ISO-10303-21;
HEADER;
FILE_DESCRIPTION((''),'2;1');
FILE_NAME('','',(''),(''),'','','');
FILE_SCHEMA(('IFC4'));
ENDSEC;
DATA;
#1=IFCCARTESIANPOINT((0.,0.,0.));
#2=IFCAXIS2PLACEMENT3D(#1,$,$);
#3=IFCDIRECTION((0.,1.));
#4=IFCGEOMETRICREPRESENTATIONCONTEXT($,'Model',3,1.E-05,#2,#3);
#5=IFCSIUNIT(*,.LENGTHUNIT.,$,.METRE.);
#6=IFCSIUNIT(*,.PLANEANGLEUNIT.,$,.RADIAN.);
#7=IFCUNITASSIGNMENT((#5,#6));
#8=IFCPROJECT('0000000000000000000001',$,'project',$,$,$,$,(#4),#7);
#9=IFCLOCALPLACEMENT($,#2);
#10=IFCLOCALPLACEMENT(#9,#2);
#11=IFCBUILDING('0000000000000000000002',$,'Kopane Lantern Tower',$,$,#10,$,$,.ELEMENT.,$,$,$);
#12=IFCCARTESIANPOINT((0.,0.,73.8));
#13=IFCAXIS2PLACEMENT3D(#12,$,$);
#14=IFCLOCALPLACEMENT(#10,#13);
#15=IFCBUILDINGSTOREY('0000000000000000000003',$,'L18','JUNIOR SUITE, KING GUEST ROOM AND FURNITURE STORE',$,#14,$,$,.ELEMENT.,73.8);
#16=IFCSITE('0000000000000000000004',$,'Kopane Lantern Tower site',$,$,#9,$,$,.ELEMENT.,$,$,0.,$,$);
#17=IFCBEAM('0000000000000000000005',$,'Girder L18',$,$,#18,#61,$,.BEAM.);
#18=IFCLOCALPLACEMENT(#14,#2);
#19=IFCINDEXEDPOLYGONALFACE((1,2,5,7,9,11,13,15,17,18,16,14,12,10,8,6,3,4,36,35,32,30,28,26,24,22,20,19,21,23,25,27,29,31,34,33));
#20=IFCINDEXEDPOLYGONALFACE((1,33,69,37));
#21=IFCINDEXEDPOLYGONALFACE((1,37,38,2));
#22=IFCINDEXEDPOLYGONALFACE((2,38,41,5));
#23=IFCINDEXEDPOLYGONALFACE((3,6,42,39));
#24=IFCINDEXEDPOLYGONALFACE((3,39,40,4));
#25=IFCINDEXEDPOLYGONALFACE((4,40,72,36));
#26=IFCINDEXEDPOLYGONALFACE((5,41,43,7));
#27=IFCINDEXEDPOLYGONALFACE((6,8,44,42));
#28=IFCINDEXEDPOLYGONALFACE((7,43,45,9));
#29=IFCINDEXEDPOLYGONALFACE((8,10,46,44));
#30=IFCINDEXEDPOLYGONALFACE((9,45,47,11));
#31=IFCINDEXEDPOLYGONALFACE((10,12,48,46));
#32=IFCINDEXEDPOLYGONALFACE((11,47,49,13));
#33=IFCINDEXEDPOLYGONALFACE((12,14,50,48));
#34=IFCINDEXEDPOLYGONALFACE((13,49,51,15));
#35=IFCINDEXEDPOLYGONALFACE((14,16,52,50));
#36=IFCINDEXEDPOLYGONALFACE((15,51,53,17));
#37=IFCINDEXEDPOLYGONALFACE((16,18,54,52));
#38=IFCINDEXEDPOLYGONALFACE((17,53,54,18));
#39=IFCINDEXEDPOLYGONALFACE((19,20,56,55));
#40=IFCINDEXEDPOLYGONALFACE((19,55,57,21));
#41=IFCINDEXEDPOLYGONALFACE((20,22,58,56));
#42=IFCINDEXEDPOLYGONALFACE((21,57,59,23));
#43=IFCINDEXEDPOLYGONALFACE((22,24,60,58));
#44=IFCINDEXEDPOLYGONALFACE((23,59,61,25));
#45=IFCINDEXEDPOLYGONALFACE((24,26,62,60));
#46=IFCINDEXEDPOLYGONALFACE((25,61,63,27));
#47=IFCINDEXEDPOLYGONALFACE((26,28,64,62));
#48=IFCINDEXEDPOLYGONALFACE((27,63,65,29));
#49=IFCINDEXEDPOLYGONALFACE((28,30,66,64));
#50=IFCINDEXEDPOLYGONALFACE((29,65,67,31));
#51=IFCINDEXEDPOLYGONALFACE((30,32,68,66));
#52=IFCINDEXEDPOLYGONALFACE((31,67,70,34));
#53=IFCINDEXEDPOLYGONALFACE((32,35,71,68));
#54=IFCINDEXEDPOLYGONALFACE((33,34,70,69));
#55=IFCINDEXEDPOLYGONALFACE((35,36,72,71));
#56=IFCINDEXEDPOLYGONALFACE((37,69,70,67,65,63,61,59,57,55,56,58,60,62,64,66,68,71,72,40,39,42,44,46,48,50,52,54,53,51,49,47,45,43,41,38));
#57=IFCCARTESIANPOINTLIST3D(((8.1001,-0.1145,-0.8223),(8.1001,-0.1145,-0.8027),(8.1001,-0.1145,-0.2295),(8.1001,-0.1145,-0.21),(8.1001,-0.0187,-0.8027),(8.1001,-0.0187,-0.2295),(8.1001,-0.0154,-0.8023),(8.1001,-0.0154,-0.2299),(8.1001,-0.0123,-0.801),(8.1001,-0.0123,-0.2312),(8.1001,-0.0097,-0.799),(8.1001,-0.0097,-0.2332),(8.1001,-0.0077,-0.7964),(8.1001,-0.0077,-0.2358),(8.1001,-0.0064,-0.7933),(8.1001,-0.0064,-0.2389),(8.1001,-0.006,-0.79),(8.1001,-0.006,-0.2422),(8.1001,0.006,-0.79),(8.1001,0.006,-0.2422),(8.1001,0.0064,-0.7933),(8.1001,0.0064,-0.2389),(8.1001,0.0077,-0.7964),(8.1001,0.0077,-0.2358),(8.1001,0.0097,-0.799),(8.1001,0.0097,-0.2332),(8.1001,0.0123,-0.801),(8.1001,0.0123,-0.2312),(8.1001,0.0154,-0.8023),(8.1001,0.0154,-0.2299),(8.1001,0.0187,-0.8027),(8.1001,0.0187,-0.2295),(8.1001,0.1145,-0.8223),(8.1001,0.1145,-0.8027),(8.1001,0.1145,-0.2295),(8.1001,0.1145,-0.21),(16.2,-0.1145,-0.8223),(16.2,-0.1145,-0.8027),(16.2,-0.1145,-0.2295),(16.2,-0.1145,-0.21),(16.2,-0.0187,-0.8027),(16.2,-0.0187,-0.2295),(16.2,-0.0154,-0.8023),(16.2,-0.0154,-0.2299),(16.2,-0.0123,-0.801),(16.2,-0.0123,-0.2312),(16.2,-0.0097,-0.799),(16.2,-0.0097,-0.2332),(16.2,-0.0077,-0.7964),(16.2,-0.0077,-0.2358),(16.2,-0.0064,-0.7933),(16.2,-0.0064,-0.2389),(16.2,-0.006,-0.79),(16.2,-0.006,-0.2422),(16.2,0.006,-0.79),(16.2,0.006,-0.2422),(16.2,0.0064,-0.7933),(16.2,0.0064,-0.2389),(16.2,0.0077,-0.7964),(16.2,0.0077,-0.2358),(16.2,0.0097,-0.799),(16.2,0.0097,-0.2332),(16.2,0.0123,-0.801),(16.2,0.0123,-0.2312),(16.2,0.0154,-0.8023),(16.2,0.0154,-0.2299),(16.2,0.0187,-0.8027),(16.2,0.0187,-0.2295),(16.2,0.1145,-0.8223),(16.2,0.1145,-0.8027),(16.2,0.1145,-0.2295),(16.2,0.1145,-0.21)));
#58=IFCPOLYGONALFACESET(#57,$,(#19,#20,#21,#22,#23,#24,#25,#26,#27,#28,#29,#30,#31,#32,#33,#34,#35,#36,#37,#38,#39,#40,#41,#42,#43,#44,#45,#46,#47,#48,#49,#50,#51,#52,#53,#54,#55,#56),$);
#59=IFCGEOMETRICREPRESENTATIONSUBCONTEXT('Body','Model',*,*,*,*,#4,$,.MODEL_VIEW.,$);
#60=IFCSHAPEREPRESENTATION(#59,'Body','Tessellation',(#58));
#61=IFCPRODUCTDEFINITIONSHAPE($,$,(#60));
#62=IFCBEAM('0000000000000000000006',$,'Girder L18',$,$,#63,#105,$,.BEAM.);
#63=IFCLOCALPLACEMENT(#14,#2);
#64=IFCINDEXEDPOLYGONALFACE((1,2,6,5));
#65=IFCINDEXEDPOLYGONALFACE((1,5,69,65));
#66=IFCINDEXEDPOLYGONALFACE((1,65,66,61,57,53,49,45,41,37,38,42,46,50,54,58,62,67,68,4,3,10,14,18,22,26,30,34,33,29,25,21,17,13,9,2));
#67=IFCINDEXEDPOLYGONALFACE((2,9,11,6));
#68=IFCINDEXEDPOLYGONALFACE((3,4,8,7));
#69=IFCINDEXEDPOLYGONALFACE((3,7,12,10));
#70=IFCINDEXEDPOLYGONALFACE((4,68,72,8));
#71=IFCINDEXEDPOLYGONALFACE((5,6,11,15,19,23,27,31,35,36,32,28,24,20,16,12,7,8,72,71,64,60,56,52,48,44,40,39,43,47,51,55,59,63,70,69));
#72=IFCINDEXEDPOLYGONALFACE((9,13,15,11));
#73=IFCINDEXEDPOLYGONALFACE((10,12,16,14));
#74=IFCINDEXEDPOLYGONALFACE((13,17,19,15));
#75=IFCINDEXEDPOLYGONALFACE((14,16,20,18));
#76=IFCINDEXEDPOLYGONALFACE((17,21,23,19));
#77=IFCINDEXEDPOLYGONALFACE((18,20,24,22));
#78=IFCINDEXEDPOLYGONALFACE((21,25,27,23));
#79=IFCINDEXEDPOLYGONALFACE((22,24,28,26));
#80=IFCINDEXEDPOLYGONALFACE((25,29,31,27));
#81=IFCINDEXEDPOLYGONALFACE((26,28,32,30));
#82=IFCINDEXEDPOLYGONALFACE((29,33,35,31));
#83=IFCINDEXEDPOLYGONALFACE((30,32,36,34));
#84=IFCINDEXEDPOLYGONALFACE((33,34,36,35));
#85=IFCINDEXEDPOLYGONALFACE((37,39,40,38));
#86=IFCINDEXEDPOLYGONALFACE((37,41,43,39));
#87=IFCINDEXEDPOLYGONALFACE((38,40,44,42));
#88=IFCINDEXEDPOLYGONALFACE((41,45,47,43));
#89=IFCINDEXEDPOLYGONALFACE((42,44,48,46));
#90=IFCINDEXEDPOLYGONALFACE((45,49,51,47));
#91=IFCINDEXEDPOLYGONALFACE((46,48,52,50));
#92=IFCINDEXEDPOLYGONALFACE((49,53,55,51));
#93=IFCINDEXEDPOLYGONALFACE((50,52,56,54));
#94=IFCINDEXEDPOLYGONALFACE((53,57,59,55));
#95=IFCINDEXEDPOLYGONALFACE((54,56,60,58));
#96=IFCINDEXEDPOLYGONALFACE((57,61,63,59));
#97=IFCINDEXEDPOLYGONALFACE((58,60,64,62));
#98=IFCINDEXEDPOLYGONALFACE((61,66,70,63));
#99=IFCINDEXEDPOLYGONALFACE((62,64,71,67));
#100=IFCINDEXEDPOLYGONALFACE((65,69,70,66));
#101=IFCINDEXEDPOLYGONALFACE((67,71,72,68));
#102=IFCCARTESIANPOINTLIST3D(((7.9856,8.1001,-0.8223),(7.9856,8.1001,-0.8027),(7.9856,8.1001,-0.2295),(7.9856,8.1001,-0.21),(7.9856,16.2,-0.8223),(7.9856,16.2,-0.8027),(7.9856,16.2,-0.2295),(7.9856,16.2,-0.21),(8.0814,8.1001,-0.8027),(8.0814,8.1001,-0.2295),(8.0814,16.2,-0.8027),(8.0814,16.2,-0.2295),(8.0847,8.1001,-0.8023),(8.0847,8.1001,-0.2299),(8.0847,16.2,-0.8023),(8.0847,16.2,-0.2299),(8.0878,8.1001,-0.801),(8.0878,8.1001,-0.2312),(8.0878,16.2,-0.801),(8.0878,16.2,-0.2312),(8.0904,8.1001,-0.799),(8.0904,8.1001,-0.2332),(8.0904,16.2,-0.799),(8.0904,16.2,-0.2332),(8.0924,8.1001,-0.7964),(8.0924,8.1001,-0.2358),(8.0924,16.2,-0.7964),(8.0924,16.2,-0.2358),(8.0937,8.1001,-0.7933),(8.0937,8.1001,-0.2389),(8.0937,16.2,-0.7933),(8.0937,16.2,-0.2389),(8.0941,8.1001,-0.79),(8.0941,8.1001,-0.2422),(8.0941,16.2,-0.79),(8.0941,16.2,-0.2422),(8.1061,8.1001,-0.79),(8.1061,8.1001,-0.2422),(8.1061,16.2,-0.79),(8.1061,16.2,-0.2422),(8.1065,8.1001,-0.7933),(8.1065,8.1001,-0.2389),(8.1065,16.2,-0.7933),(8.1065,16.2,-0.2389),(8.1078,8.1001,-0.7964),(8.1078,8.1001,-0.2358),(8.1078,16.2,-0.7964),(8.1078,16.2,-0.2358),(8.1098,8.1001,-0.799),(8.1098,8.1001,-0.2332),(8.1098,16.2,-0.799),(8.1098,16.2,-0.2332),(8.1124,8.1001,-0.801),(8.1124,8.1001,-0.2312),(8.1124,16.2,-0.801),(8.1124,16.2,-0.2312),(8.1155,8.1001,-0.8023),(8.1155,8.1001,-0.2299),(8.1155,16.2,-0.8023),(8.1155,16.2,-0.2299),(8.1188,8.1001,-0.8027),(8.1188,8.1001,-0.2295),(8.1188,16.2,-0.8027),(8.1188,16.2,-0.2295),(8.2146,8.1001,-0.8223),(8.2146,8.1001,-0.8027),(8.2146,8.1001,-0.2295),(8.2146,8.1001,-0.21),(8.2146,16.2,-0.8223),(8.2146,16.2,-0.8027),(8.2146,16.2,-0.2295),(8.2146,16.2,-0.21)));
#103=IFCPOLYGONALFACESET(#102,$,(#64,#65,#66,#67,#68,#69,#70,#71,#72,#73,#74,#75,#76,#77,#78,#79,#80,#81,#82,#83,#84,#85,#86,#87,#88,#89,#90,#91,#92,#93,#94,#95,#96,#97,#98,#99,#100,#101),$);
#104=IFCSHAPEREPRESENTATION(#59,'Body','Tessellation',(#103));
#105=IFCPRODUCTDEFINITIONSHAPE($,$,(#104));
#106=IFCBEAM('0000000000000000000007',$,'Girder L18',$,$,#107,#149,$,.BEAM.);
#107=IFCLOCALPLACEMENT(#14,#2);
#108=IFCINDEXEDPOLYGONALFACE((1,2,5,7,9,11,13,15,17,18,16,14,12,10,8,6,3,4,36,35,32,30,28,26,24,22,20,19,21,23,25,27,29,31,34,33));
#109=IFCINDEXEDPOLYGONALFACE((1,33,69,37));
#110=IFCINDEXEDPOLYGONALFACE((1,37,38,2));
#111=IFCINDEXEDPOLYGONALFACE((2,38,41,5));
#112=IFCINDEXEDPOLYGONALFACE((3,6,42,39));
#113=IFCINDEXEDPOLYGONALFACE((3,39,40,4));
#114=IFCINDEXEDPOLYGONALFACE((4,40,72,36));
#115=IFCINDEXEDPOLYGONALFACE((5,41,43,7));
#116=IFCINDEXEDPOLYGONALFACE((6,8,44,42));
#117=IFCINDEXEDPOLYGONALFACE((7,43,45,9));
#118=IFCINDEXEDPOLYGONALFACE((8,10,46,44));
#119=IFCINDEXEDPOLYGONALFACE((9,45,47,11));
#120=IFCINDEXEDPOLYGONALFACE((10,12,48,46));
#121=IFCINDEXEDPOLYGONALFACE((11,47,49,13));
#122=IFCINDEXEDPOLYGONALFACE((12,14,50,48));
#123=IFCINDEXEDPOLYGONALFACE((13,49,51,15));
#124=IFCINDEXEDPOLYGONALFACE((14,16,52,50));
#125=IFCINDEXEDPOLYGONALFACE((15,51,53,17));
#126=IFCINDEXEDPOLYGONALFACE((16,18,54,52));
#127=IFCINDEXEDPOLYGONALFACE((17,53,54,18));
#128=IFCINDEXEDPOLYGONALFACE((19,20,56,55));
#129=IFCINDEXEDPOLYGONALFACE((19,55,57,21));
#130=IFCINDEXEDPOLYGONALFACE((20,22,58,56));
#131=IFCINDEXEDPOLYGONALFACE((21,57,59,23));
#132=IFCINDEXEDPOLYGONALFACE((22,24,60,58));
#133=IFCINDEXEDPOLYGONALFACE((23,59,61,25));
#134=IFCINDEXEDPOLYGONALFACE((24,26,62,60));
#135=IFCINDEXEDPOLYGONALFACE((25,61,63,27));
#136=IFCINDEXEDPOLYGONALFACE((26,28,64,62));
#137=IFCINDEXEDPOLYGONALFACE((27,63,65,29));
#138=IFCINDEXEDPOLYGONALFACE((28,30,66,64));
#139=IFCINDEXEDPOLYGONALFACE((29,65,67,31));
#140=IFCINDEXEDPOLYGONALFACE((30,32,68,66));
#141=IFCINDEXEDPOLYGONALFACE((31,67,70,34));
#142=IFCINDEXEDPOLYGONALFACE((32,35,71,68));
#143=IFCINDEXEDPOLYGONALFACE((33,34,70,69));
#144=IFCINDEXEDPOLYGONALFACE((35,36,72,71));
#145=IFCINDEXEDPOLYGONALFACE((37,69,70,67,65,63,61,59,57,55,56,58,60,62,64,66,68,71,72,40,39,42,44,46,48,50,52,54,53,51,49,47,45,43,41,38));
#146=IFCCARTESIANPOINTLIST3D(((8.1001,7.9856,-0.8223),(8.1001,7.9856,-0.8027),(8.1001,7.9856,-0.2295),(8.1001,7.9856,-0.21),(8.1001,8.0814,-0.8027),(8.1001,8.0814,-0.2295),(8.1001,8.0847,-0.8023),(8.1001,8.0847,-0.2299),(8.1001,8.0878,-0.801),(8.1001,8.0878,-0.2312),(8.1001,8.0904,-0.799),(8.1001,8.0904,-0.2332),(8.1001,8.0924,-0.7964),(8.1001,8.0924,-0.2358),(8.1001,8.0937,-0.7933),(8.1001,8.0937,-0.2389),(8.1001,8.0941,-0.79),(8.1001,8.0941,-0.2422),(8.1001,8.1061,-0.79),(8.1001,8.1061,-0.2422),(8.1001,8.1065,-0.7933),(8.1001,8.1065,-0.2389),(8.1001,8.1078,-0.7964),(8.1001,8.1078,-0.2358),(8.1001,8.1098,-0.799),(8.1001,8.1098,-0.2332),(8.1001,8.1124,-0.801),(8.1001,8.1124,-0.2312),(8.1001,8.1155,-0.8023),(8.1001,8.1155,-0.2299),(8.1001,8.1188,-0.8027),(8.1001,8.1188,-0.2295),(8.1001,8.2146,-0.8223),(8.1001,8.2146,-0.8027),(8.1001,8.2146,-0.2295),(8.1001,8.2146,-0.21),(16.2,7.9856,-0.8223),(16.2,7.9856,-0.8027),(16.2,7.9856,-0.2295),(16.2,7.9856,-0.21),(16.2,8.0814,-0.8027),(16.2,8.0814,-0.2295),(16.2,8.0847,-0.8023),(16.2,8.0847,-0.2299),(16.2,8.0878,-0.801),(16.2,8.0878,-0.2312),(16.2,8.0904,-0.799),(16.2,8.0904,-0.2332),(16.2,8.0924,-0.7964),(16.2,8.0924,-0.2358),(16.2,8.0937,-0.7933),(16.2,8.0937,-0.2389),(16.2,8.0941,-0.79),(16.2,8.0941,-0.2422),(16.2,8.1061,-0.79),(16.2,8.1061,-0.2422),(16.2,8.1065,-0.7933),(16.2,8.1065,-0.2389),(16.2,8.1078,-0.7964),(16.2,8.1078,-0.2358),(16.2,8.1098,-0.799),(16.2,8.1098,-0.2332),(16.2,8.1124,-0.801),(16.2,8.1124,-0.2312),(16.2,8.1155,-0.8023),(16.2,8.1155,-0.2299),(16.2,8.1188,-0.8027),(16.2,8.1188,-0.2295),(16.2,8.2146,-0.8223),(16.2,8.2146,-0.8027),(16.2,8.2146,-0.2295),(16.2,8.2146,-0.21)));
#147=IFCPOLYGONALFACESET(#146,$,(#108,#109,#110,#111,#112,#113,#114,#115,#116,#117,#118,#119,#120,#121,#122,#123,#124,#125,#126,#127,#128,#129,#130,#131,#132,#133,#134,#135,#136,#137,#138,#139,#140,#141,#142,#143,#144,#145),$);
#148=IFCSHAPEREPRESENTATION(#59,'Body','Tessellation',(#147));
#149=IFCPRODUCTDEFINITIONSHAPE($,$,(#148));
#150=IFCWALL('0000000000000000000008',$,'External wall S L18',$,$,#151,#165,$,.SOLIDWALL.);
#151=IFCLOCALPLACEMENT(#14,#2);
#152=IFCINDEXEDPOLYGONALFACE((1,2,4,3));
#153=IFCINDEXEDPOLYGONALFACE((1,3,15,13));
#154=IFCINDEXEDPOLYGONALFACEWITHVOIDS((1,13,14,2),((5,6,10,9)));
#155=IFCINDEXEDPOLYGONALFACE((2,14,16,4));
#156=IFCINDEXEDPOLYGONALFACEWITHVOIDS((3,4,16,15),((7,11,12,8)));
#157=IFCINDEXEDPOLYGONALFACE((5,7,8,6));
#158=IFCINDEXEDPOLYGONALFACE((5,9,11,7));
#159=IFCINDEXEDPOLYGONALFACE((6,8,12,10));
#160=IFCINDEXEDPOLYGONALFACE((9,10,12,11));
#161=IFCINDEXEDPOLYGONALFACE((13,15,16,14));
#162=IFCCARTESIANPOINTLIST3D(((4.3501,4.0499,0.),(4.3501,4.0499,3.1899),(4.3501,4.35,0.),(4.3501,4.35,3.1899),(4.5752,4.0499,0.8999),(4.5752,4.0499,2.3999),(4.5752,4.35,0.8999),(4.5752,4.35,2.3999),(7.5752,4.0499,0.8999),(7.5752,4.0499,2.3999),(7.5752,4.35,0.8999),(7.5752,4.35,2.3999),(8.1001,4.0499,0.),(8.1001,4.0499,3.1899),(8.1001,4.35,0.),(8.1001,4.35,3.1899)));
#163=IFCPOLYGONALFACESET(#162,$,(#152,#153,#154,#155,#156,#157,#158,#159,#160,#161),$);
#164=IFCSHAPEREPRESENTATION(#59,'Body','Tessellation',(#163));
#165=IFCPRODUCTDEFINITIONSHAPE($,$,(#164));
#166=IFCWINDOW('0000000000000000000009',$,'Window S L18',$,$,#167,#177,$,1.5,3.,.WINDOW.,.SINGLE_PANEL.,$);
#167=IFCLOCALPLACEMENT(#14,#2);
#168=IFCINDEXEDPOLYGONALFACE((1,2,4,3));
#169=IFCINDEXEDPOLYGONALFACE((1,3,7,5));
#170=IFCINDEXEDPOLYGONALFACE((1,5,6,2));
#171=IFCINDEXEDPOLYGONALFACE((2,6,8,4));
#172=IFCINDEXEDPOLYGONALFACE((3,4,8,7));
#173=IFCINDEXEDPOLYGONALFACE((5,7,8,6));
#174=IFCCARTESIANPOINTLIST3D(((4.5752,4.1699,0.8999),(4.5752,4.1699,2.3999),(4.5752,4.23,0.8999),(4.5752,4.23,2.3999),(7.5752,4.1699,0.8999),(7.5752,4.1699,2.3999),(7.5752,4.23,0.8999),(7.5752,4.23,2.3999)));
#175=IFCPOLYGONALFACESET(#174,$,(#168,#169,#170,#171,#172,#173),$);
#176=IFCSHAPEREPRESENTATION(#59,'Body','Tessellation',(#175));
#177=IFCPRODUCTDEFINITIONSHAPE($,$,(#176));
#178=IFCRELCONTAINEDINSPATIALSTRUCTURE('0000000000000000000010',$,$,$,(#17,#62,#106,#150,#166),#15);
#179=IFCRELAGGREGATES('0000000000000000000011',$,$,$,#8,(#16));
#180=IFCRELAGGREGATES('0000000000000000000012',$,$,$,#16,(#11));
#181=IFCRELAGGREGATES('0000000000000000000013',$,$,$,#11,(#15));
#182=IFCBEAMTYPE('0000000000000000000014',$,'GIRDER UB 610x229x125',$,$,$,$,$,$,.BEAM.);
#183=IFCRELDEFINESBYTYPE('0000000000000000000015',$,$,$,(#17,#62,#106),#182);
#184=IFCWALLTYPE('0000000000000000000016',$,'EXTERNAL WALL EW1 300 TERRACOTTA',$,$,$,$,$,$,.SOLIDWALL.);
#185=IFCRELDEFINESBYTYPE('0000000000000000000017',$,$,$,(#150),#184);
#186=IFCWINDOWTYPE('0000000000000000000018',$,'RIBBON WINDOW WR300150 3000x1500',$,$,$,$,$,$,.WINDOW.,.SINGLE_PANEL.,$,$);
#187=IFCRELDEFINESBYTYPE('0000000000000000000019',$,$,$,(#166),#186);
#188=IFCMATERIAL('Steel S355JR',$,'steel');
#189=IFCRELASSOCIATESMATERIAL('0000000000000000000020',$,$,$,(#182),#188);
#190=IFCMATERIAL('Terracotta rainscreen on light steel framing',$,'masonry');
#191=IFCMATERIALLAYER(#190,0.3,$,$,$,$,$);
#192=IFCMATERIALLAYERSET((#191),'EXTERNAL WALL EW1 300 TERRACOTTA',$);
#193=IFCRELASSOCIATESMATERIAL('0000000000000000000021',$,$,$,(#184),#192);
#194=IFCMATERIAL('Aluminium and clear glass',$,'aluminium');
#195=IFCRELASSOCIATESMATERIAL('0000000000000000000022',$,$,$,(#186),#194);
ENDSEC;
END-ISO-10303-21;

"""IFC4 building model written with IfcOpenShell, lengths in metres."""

from ifc_helpers import new_model, si_unit, direction, frame, frame_2d, origin, origin_2d, place, context, subcontext, project, spatial, rectangle, i_section, extrude, material, layer, layer_set, material_profile, profile_set, type_object, element, fill, save


model = new_model("IFC4")

# Units and contexts
model_context = context("Model", 3, precision=1e-05, world=origin(), true_north=direction((0.0, 1.0)))
body_context = subcontext(model_context, "Body", "Model", "MODEL_VIEW")
ifc_project = project(units=[si_unit("LENGTHUNIT", "METRE"), si_unit("PLANEANGLEUNIT", "RADIAN")], contexts=[model_context])

# Site, building, storey
site_placement = place(None, origin())
site = spatial("IfcSite", under=ifc_project, at=site_placement, Name="Kopane Lantern Tower site", CompositionType="ELEMENT", RefElevation=0.0)
building_placement = place(site_placement, origin())
building = spatial("IfcBuilding", under=site, at=building_placement, Name="Kopane Lantern Tower", CompositionType="ELEMENT")
storey_placement = place(building_placement, frame((0.0, 0.0, 73.8)))
storey = spatial("IfcBuildingStorey", under=building, at=storey_placement, Name="L18", Description="JUNIOR SUITE, KING GUEST ROOM AND FURNITURE STORE", CompositionType="ELEMENT", Elevation=73.8)

# Beams
ifc_material_1 = material(Name="Steel S355JR", Category="steel")
ifc_material_profile_1 = material_profile(ifc_material_1, i_section(OverallWidth=0.229, OverallDepth=0.6123, WebThickness=0.012, FlangeThickness=0.0195, FilletRadius=0.0127, at=origin_2d()), Name="UB 610x229x125")
ifc_profile_set_1 = profile_set([ifc_material_profile_1], Name="Steel S355JR")
beam_type_1 = type_object("IfcBeamType", Name="GIRDER UB 610x229x125", PredefinedType="BEAM", material=ifc_profile_set_1)
for number, where, z_axis, x_axis, name in (
    (1, (8.1001, 0.0, -0.5161), (1.0, 0.0, 0.0), (0.0, 1.0, 0.0), "Girder L18"),
    (2, (8.1001, 8.1001, -0.5161), (0.0, 1.0, 0.0), (-1.0, 0.0, 0.0), "Girder L18"),
    (3, (8.1001, 8.1001, -0.5161), (1.0, 0.0, 0.0), (0.0, 1.0, 0.0), "Girder L18"),
):
    element("IfcBeam", number, at=place(storey_placement, frame(where, z_axis=z_axis, x_axis=x_axis)), inside=storey, type_object=beam_type_1, Name=name, PredefinedType="BEAM", context=body_context, shape_type="SweptSolid", body=[
        extrude(i_section(OverallWidth=0.229, OverallDepth=0.6123, WebThickness=0.012, FlangeThickness=0.0195, FilletRadius=0.0127, at=origin_2d()), origin(), (0.0, 0.0, 1.0), 8.0999),
    ])

# Shared definitions
ifc_material_2 = material(Name="Terracotta rainscreen on light steel framing", Category="masonry")
ifc_layer = layer(ifc_material_2, 0.3)
ifc_layer_set = layer_set([ifc_layer], Name="EXTERNAL WALL EW1 300 TERRACOTTA")
wall_type = type_object("IfcWallType", Name="EXTERNAL WALL EW1 300 TERRACOTTA", PredefinedType="SOLIDWALL", material=ifc_layer_set)

# Wall, opening, window
wall_1_placement = place(storey_placement, frame((4.3501, 4.2, 0.0), z_axis=(0.0, 0.0, 1.0), x_axis=(1.0, 0.0, 0.0)))
wall_1 = element("IfcWall", 4, at=wall_1_placement, inside=storey, type_object=wall_type, Name="External wall S L18", PredefinedType="SOLIDWALL", context=body_context, shape_type="SweptSolid", body=[
    extrude(rectangle(XDim=3.75, YDim=0.3, at=frame_2d((1.875, 0.0))), origin(), (0.0, 0.0, 1.0), 3.1899),
])
opening_1_placement = place(wall_1_placement, frame((0.2251, 0.0, 0.8999)))
opening_1 = element("IfcOpeningElement", 5, at=opening_1_placement, cuts=wall_1, PredefinedType="OPENING", context=body_context, shape_type="SweptSolid", body=[
    extrude(rectangle(XDim=3.0, YDim=1.5, at=frame_2d((1.5, 0.75))), frame((0.0, 0.1599, 0.0), z_axis=(0.0, -1.0, 0.0), x_axis=(1.0, 0.0, 0.0)), (0.0, 0.0, 1.0), 0.3201),
])
ifc_material_3 = material(Name="Aluminium and clear glass", Category="aluminium")
window_type_1 = type_object("IfcWindowType", Name="RIBBON WINDOW WR300150 3000x1500", PartitioningType="SINGLE_PANEL", PredefinedType="WINDOW", material=ifc_material_3)
window_1_placement = place(opening_1_placement, origin())
window_1 = element("IfcWindow", 6, at=window_1_placement, inside=storey, type_object=window_type_1, Name="Window S L18", OverallHeight=1.5, OverallWidth=3.0, PartitioningType="SINGLE_PANEL", PredefinedType="WINDOW", context=body_context, shape_type="SweptSolid", body=[
    extrude(rectangle(XDim=3.0, YDim=1.5, at=frame_2d((1.5, 0.75))), frame((0.0, 0.03, 0.0), z_axis=(0.0, -1.0, 0.0), x_axis=(1.0, 0.0, 0.0)), (0.0, 0.0, 1.0), 0.0601),
])
fill(opening_1, window_1)

save(model, "model.ifc")
